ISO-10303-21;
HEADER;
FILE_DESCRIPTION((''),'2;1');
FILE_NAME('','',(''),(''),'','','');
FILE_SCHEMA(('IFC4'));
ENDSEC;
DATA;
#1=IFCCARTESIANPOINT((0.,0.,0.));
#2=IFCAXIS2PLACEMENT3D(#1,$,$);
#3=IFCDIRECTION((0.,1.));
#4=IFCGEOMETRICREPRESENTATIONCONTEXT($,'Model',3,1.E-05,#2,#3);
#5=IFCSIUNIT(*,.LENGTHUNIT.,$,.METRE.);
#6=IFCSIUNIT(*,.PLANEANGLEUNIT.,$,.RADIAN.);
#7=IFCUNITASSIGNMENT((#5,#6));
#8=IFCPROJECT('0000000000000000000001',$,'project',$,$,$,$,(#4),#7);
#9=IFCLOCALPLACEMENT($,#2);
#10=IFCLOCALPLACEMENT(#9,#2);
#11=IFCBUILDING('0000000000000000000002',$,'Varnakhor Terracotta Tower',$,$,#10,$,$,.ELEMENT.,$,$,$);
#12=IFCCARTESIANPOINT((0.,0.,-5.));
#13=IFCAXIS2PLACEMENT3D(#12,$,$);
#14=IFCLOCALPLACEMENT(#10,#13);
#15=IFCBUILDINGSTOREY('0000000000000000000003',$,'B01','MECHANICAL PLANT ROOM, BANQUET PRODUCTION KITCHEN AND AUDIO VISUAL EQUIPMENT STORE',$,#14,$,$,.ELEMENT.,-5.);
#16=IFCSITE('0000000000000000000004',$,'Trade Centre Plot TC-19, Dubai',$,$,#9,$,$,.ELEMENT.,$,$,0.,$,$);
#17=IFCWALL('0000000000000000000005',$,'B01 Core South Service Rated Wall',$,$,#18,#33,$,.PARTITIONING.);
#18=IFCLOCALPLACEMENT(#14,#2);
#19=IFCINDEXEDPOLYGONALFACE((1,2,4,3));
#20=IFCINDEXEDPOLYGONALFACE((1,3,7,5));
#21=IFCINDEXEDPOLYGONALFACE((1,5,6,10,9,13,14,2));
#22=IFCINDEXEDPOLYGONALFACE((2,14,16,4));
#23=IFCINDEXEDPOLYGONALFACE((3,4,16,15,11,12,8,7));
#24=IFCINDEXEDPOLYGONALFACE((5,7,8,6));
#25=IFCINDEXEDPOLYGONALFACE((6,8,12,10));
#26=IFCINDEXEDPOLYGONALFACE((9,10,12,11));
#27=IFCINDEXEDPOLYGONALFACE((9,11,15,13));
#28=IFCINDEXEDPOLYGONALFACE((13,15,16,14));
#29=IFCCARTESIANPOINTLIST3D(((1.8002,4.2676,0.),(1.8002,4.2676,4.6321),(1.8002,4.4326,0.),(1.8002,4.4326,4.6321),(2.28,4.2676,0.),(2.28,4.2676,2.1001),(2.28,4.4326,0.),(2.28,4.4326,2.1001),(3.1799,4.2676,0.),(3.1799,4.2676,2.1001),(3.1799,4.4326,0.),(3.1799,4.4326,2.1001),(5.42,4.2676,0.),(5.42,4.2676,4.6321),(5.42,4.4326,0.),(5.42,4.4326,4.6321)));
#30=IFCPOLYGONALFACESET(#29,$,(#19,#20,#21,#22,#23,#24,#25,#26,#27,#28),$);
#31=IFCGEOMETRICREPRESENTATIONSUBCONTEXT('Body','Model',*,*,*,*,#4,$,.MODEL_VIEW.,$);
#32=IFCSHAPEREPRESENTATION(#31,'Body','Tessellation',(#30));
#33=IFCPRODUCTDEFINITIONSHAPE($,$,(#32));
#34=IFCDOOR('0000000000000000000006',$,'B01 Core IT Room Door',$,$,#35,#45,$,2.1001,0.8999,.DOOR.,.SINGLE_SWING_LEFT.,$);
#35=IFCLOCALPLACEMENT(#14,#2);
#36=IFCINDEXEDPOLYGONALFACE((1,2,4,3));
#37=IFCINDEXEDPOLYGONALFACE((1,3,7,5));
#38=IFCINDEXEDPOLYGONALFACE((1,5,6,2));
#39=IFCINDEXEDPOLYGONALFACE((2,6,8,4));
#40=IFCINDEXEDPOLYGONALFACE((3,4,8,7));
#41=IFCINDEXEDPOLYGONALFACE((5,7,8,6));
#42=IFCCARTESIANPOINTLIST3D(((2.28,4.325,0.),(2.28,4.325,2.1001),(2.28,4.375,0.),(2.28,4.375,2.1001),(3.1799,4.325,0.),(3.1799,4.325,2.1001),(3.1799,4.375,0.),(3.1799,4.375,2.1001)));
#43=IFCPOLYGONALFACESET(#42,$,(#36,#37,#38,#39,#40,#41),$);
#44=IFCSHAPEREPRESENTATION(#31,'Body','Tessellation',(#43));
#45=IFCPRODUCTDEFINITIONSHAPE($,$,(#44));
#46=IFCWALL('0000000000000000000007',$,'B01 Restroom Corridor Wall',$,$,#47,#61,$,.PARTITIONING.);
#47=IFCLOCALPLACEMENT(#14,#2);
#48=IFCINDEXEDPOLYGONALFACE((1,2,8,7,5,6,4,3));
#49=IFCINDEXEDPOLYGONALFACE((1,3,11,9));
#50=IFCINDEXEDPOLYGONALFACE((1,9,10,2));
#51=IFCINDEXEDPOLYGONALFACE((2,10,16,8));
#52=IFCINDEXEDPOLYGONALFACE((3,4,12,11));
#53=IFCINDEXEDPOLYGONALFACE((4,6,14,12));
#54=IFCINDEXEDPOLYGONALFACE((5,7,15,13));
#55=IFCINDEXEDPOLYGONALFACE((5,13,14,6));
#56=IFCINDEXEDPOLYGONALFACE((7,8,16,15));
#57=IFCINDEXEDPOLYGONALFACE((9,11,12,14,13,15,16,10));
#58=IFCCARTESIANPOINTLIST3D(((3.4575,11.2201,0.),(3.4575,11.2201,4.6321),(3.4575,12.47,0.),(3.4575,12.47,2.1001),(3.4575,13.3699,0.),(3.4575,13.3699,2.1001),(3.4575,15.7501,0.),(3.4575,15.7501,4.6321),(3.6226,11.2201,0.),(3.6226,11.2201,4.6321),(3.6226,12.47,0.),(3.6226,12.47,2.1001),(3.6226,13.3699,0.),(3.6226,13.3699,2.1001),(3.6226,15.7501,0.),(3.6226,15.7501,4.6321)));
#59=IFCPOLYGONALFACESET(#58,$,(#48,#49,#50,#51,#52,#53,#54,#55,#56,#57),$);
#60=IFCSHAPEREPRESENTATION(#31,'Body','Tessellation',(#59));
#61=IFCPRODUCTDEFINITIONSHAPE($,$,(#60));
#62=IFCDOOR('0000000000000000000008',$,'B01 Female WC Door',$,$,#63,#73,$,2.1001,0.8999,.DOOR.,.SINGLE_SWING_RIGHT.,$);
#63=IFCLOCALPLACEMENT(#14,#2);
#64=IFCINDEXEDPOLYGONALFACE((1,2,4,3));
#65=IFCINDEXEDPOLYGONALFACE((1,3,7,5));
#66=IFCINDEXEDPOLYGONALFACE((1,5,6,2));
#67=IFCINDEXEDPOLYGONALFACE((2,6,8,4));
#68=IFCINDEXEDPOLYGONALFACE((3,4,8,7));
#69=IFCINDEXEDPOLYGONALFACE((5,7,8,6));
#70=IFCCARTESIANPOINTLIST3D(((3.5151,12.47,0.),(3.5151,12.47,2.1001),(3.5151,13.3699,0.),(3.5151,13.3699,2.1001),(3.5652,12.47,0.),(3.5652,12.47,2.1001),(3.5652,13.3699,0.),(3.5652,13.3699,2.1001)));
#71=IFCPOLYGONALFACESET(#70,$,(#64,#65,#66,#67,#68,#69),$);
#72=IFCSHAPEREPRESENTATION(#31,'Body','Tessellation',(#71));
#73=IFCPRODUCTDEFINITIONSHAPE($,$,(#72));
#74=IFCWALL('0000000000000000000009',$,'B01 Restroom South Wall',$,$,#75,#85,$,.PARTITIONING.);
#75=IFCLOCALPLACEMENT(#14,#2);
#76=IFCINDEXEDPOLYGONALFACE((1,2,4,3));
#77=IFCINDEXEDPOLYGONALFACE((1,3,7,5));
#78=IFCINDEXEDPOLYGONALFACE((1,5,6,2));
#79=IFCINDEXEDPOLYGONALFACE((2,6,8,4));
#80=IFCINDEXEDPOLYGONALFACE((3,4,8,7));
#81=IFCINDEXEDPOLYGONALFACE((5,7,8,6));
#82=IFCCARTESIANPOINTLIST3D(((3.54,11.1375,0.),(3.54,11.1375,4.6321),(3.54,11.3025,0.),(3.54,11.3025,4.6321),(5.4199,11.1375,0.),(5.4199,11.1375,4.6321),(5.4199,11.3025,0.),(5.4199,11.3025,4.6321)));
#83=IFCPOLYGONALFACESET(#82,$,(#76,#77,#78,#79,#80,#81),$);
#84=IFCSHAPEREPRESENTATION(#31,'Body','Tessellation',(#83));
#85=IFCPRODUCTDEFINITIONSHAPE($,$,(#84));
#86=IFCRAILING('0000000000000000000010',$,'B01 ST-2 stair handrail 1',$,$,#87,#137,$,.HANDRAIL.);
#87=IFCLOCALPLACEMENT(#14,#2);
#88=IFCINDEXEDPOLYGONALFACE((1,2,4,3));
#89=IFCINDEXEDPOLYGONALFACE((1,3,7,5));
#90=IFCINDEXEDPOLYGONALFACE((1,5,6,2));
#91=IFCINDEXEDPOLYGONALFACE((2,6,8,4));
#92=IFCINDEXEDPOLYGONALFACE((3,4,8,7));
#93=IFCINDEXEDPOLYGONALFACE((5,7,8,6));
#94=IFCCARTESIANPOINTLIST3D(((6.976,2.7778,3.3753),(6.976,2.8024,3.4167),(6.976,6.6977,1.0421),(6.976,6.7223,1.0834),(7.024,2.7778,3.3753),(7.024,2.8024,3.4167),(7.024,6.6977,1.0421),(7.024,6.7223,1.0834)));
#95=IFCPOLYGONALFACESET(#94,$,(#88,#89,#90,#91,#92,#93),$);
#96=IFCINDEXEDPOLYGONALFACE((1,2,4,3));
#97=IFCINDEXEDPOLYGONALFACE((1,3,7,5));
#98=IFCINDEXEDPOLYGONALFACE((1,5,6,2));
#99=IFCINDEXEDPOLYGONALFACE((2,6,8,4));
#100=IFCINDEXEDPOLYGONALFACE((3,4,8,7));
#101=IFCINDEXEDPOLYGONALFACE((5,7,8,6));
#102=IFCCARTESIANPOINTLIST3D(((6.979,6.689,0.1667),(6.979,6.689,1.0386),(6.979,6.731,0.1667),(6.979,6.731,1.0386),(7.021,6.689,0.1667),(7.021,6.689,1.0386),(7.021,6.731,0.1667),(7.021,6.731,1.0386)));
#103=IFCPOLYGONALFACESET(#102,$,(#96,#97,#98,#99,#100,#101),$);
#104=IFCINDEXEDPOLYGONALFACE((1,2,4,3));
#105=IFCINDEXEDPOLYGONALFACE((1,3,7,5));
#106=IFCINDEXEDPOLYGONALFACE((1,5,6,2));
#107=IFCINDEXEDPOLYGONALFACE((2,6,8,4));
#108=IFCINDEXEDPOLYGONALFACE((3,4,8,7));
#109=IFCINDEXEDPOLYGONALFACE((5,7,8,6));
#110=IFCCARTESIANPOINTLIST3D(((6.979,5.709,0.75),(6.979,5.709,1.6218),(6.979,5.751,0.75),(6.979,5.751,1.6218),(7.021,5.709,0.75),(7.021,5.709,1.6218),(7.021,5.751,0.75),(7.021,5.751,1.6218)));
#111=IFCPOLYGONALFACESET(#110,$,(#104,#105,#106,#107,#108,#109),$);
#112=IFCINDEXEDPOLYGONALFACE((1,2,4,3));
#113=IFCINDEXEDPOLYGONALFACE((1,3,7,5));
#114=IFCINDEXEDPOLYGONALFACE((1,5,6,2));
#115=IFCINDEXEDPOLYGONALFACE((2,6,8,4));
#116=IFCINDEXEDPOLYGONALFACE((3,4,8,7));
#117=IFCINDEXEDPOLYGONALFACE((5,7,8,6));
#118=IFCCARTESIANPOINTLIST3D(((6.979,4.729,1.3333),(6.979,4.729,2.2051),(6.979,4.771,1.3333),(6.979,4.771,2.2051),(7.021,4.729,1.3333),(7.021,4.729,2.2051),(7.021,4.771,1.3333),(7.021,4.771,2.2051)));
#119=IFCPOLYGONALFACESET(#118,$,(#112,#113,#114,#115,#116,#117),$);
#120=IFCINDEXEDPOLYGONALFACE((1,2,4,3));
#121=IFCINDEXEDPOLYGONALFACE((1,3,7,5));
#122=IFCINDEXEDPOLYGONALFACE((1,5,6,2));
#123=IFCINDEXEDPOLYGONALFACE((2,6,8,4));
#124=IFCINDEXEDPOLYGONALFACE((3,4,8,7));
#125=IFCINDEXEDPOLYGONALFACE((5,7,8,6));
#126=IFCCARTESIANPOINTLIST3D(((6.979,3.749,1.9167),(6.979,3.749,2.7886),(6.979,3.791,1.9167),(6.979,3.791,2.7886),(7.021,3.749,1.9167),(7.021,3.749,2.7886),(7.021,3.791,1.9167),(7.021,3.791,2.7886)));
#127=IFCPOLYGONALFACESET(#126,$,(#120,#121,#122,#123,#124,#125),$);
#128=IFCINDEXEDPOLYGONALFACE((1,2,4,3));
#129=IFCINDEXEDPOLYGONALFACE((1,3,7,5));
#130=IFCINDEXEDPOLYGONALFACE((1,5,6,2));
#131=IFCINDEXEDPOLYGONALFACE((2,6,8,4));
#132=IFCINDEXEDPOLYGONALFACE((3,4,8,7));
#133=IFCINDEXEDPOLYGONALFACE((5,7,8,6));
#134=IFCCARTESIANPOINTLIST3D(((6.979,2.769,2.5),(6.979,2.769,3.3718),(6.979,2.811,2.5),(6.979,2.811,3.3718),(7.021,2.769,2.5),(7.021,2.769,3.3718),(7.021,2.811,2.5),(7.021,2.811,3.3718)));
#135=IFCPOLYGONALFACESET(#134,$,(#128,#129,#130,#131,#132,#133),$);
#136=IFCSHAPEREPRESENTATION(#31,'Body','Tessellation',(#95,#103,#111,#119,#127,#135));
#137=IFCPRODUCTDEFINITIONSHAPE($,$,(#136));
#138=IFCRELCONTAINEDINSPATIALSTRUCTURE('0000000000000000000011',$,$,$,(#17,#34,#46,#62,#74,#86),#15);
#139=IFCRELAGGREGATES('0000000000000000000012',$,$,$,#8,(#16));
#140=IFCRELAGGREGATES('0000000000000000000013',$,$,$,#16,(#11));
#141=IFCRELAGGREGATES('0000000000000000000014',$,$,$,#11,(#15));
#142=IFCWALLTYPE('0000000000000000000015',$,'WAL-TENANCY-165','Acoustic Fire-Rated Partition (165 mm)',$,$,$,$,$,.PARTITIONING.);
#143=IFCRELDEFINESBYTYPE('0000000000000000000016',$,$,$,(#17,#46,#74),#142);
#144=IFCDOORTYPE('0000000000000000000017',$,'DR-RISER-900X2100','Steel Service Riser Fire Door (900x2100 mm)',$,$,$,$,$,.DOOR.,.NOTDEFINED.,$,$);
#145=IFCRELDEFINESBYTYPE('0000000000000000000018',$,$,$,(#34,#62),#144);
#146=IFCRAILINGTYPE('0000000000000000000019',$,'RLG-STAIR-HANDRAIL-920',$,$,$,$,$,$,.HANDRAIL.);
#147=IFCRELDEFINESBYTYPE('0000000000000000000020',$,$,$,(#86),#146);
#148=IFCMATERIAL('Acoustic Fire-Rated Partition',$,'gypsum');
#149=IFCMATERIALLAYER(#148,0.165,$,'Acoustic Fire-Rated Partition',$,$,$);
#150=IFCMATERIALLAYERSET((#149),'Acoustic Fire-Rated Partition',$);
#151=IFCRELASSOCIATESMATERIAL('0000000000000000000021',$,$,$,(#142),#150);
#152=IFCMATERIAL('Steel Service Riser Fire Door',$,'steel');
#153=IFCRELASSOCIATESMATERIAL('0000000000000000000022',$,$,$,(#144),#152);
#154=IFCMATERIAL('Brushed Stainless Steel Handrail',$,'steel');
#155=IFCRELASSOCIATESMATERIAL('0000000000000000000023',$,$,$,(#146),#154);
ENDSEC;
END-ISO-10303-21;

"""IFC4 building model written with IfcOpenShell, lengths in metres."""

from ifc_helpers import new_model, si_unit, direction, frame, frame_2d, origin, origin_2d, place, context, subcontext, project, spatial, rectangle, extrude, source, transform, mapped, material, layer, layer_set, type_object, type_shapes, element, fill, save


model = new_model("IFC4")

# Units and contexts
model_context = context("Model", 3, precision=1e-05, world=origin(), true_north=direction((0.0, 1.0)))
body_context = subcontext(model_context, "Body", "Model", "MODEL_VIEW")
ifc_project = project(units=[si_unit("LENGTHUNIT", "METRE"), si_unit("PLANEANGLEUNIT", "RADIAN")], contexts=[model_context])

# Site, building, storey
site_placement = place(None, origin())
site = spatial("IfcSite", under=ifc_project, at=site_placement, Name="Trade Centre Plot TC-19, Dubai", CompositionType="ELEMENT", RefElevation=0.0)
building_placement = place(site_placement, origin())
building = spatial("IfcBuilding", under=site, at=building_placement, Name="Varnakhor Terracotta Tower", CompositionType="ELEMENT")
storey_placement = place(building_placement, frame((0.0, 0.0, -5.0)))
storey = spatial("IfcBuildingStorey", under=building, at=storey_placement, Name="B01", Description="MECHANICAL PLANT ROOM, BANQUET PRODUCTION KITCHEN AND AUDIO VISUAL EQUIPMENT STORE", CompositionType="ELEMENT", Elevation=-5.0)

# Shared definitions
ifc_material_1 = material(Name="Acoustic Fire-Rated Partition", Category="gypsum")
ifc_layer_1 = layer(ifc_material_1, 0.165, Name="Acoustic Fire-Rated Partition")
ifc_layer_set_1 = layer_set([ifc_layer_1], Name="Acoustic Fire-Rated Partition")
wall_type_1 = type_object("IfcWallType", Name="WAL-TENANCY-165", Description="Acoustic Fire-Rated Partition (165 mm)", PredefinedType="PARTITIONING", material=ifc_layer_set_1)
ifc_material_2 = material(Name="Steel Service Riser Fire Door", Category="steel")
door_type_1 = type_object("IfcDoorType", Name="DR-RISER-900X2100", Description="Steel Service Riser Fire Door (900x2100 mm)", OperationType="NOTDEFINED", PredefinedType="DOOR", material=ifc_material_2)
shared_shape_1 = source(origin(), body_context, "Body", "SweptSolid", [
    extrude(rectangle(XDim=0.8999, YDim=2.1001, at=frame_2d((0.45, 1.05))), frame((0.0, 0.0249, 0.0), z_axis=(0.0, -1.0, 0.0), x_axis=(1.0, 0.0, 0.0)), (0.0, 0.0, 1.0), 0.05),
])
type_shapes(door_type_1, [shared_shape_1])

# Walls, openings, doors
wall_1_placement = place(storey_placement, frame((1.8, 4.3501, 0.0), z_axis=(0.0, 0.0, 1.0), x_axis=(1.0, 0.0, 0.0)))
wall_1 = element("IfcWall", 1, at=wall_1_placement, inside=storey, type_object=wall_type_1, Name="B01 Core South Service Rated Wall", PredefinedType="PARTITIONING", context=body_context, shape_type="SweptSolid", body=[
    extrude(rectangle(XDim=3.6199, YDim=0.165, at=frame_2d((1.8101, 0.0))), origin(), (0.0, 0.0, 1.0), 4.6321),
])
opening_1_placement = place(wall_1_placement, frame((0.48, 0.0, 0.0)))
opening_1 = element("IfcOpeningElement", 2, at=opening_1_placement, cuts=wall_1, PredefinedType="OPENING", context=body_context, shape_type="SweptSolid", body=[
    extrude(rectangle(XDim=0.8999, YDim=2.1001, at=frame_2d((0.45, 1.05))), frame((0.0, 0.0925, 0.0), z_axis=(0.0, -1.0, 0.0), x_axis=(1.0, 0.0, 0.0)), (0.0, 0.0, 1.0), 0.1851),
])
door_1_placement = place(opening_1_placement, origin())
door_1 = element("IfcDoor", 3, at=door_1_placement, inside=storey, type_object=door_type_1, Name="B01 Core IT Room Door", OperationType="SINGLE_SWING_LEFT", OverallHeight=2.1001, OverallWidth=0.8999, PredefinedType="DOOR", context=body_context, shape_type="MappedRepresentation", body=[
    mapped(shared_shape_1, transform((0.0, 0.0, 0.0), scale=1.0)),
])
fill(opening_1, door_1)
wall_2_placement = place(storey_placement, frame((3.54, 11.22, 0.0), z_axis=(0.0, 0.0, 1.0), x_axis=(0.0, 1.0, 0.0)))
wall_2 = element("IfcWall", 4, at=wall_2_placement, inside=storey, type_object=wall_type_1, Name="B01 Restroom Corridor Wall", PredefinedType="PARTITIONING", context=body_context, shape_type="SweptSolid", body=[
    extrude(rectangle(XDim=4.53, YDim=0.165, at=frame_2d((2.2651, 0.0))), origin(), (0.0, 0.0, 1.0), 4.6321),
])
opening_2_placement = place(wall_2_placement, frame((1.25, 0.0, 0.0)))
opening_2 = element("IfcOpeningElement", 5, at=opening_2_placement, cuts=wall_2, PredefinedType="OPENING", context=body_context, shape_type="SweptSolid", body=[
    extrude(rectangle(XDim=0.8999, YDim=2.1001, at=frame_2d((0.45, 1.05))), frame((0.0, 0.0925, 0.0), z_axis=(0.0, -1.0, 0.0), x_axis=(1.0, 0.0, 0.0)), (0.0, 0.0, 1.0), 0.1851),
])
door_2_placement = place(opening_2_placement, origin())
door_2 = element("IfcDoor", 6, at=door_2_placement, inside=storey, type_object=door_type_1, Name="B01 Female WC Door", OperationType="SINGLE_SWING_RIGHT", OverallHeight=2.1001, OverallWidth=0.8999, PredefinedType="DOOR", context=body_context, shape_type="MappedRepresentation", body=[
    mapped(shared_shape_1, transform((0.0, 0.0, 0.0), scale=1.0)),
])
fill(opening_2, door_2)

# Wall
wall_3_placement = place(storey_placement, frame((3.54, 11.22, 0.0), z_axis=(0.0, 0.0, 1.0), x_axis=(1.0, 0.0, 0.0)))
element("IfcWall", 7, at=wall_3_placement, inside=storey, type_object=wall_type_1, Name="B01 Restroom South Wall", PredefinedType="PARTITIONING", context=body_context, shape_type="SweptSolid", body=[
    extrude(rectangle(XDim=1.8799, YDim=0.165, at=frame_2d((0.9399, 0.0))), origin(), (0.0, 0.0, 1.0), 4.6321),
])

# Railing
ifc_material_3 = material(Name="Brushed Stainless Steel Handrail", Category="steel")
railing_type = type_object("IfcRailingType", Name="RLG-STAIR-HANDRAIL-920", PredefinedType="HANDRAIL", material=ifc_material_3)
railing_placement = place(storey_placement, frame((7.0, 6.71, 0.1667)))
element("IfcRailing", 8, at=railing_placement, inside=storey, type_object=railing_type, Name="B01 ST-2 stair handrail 1", PredefinedType="HANDRAIL", context=body_context, shape_type="SweptSolid", body=[
    extrude(rectangle(XDim=0.0481, YDim=0.0481, at=origin_2d()), frame((0.0, 0.0, 0.896), z_axis=(0.0, -0.859296, 0.511478), x_axis=(1.0, 0.0, 0.0)), (0.0, 0.0, 1.0), 4.5618),
    extrude(rectangle(XDim=0.042, YDim=0.042, at=origin_2d()), origin(), (0.0, 0.0, 1.0), 0.8718),
    extrude(rectangle(XDim=0.042, YDim=0.042, at=origin_2d()), frame((0.0, -0.98, 0.5833)), (0.0, 0.0, 1.0), 0.8718),
    extrude(rectangle(XDim=0.042, YDim=0.042, at=origin_2d()), frame((0.0, -1.96, 1.1665)), (0.0, 0.0, 1.0), 0.8718),
    extrude(rectangle(XDim=0.042, YDim=0.042, at=origin_2d()), frame((0.0, -2.9399, 1.75)), (0.0, 0.0, 1.0), 0.8718),
    extrude(rectangle(XDim=0.042, YDim=0.042, at=origin_2d()), frame((0.0, -3.9199, 2.3333)), (0.0, 0.0, 1.0), 0.8718),
])

save(model, "model.ifc")
